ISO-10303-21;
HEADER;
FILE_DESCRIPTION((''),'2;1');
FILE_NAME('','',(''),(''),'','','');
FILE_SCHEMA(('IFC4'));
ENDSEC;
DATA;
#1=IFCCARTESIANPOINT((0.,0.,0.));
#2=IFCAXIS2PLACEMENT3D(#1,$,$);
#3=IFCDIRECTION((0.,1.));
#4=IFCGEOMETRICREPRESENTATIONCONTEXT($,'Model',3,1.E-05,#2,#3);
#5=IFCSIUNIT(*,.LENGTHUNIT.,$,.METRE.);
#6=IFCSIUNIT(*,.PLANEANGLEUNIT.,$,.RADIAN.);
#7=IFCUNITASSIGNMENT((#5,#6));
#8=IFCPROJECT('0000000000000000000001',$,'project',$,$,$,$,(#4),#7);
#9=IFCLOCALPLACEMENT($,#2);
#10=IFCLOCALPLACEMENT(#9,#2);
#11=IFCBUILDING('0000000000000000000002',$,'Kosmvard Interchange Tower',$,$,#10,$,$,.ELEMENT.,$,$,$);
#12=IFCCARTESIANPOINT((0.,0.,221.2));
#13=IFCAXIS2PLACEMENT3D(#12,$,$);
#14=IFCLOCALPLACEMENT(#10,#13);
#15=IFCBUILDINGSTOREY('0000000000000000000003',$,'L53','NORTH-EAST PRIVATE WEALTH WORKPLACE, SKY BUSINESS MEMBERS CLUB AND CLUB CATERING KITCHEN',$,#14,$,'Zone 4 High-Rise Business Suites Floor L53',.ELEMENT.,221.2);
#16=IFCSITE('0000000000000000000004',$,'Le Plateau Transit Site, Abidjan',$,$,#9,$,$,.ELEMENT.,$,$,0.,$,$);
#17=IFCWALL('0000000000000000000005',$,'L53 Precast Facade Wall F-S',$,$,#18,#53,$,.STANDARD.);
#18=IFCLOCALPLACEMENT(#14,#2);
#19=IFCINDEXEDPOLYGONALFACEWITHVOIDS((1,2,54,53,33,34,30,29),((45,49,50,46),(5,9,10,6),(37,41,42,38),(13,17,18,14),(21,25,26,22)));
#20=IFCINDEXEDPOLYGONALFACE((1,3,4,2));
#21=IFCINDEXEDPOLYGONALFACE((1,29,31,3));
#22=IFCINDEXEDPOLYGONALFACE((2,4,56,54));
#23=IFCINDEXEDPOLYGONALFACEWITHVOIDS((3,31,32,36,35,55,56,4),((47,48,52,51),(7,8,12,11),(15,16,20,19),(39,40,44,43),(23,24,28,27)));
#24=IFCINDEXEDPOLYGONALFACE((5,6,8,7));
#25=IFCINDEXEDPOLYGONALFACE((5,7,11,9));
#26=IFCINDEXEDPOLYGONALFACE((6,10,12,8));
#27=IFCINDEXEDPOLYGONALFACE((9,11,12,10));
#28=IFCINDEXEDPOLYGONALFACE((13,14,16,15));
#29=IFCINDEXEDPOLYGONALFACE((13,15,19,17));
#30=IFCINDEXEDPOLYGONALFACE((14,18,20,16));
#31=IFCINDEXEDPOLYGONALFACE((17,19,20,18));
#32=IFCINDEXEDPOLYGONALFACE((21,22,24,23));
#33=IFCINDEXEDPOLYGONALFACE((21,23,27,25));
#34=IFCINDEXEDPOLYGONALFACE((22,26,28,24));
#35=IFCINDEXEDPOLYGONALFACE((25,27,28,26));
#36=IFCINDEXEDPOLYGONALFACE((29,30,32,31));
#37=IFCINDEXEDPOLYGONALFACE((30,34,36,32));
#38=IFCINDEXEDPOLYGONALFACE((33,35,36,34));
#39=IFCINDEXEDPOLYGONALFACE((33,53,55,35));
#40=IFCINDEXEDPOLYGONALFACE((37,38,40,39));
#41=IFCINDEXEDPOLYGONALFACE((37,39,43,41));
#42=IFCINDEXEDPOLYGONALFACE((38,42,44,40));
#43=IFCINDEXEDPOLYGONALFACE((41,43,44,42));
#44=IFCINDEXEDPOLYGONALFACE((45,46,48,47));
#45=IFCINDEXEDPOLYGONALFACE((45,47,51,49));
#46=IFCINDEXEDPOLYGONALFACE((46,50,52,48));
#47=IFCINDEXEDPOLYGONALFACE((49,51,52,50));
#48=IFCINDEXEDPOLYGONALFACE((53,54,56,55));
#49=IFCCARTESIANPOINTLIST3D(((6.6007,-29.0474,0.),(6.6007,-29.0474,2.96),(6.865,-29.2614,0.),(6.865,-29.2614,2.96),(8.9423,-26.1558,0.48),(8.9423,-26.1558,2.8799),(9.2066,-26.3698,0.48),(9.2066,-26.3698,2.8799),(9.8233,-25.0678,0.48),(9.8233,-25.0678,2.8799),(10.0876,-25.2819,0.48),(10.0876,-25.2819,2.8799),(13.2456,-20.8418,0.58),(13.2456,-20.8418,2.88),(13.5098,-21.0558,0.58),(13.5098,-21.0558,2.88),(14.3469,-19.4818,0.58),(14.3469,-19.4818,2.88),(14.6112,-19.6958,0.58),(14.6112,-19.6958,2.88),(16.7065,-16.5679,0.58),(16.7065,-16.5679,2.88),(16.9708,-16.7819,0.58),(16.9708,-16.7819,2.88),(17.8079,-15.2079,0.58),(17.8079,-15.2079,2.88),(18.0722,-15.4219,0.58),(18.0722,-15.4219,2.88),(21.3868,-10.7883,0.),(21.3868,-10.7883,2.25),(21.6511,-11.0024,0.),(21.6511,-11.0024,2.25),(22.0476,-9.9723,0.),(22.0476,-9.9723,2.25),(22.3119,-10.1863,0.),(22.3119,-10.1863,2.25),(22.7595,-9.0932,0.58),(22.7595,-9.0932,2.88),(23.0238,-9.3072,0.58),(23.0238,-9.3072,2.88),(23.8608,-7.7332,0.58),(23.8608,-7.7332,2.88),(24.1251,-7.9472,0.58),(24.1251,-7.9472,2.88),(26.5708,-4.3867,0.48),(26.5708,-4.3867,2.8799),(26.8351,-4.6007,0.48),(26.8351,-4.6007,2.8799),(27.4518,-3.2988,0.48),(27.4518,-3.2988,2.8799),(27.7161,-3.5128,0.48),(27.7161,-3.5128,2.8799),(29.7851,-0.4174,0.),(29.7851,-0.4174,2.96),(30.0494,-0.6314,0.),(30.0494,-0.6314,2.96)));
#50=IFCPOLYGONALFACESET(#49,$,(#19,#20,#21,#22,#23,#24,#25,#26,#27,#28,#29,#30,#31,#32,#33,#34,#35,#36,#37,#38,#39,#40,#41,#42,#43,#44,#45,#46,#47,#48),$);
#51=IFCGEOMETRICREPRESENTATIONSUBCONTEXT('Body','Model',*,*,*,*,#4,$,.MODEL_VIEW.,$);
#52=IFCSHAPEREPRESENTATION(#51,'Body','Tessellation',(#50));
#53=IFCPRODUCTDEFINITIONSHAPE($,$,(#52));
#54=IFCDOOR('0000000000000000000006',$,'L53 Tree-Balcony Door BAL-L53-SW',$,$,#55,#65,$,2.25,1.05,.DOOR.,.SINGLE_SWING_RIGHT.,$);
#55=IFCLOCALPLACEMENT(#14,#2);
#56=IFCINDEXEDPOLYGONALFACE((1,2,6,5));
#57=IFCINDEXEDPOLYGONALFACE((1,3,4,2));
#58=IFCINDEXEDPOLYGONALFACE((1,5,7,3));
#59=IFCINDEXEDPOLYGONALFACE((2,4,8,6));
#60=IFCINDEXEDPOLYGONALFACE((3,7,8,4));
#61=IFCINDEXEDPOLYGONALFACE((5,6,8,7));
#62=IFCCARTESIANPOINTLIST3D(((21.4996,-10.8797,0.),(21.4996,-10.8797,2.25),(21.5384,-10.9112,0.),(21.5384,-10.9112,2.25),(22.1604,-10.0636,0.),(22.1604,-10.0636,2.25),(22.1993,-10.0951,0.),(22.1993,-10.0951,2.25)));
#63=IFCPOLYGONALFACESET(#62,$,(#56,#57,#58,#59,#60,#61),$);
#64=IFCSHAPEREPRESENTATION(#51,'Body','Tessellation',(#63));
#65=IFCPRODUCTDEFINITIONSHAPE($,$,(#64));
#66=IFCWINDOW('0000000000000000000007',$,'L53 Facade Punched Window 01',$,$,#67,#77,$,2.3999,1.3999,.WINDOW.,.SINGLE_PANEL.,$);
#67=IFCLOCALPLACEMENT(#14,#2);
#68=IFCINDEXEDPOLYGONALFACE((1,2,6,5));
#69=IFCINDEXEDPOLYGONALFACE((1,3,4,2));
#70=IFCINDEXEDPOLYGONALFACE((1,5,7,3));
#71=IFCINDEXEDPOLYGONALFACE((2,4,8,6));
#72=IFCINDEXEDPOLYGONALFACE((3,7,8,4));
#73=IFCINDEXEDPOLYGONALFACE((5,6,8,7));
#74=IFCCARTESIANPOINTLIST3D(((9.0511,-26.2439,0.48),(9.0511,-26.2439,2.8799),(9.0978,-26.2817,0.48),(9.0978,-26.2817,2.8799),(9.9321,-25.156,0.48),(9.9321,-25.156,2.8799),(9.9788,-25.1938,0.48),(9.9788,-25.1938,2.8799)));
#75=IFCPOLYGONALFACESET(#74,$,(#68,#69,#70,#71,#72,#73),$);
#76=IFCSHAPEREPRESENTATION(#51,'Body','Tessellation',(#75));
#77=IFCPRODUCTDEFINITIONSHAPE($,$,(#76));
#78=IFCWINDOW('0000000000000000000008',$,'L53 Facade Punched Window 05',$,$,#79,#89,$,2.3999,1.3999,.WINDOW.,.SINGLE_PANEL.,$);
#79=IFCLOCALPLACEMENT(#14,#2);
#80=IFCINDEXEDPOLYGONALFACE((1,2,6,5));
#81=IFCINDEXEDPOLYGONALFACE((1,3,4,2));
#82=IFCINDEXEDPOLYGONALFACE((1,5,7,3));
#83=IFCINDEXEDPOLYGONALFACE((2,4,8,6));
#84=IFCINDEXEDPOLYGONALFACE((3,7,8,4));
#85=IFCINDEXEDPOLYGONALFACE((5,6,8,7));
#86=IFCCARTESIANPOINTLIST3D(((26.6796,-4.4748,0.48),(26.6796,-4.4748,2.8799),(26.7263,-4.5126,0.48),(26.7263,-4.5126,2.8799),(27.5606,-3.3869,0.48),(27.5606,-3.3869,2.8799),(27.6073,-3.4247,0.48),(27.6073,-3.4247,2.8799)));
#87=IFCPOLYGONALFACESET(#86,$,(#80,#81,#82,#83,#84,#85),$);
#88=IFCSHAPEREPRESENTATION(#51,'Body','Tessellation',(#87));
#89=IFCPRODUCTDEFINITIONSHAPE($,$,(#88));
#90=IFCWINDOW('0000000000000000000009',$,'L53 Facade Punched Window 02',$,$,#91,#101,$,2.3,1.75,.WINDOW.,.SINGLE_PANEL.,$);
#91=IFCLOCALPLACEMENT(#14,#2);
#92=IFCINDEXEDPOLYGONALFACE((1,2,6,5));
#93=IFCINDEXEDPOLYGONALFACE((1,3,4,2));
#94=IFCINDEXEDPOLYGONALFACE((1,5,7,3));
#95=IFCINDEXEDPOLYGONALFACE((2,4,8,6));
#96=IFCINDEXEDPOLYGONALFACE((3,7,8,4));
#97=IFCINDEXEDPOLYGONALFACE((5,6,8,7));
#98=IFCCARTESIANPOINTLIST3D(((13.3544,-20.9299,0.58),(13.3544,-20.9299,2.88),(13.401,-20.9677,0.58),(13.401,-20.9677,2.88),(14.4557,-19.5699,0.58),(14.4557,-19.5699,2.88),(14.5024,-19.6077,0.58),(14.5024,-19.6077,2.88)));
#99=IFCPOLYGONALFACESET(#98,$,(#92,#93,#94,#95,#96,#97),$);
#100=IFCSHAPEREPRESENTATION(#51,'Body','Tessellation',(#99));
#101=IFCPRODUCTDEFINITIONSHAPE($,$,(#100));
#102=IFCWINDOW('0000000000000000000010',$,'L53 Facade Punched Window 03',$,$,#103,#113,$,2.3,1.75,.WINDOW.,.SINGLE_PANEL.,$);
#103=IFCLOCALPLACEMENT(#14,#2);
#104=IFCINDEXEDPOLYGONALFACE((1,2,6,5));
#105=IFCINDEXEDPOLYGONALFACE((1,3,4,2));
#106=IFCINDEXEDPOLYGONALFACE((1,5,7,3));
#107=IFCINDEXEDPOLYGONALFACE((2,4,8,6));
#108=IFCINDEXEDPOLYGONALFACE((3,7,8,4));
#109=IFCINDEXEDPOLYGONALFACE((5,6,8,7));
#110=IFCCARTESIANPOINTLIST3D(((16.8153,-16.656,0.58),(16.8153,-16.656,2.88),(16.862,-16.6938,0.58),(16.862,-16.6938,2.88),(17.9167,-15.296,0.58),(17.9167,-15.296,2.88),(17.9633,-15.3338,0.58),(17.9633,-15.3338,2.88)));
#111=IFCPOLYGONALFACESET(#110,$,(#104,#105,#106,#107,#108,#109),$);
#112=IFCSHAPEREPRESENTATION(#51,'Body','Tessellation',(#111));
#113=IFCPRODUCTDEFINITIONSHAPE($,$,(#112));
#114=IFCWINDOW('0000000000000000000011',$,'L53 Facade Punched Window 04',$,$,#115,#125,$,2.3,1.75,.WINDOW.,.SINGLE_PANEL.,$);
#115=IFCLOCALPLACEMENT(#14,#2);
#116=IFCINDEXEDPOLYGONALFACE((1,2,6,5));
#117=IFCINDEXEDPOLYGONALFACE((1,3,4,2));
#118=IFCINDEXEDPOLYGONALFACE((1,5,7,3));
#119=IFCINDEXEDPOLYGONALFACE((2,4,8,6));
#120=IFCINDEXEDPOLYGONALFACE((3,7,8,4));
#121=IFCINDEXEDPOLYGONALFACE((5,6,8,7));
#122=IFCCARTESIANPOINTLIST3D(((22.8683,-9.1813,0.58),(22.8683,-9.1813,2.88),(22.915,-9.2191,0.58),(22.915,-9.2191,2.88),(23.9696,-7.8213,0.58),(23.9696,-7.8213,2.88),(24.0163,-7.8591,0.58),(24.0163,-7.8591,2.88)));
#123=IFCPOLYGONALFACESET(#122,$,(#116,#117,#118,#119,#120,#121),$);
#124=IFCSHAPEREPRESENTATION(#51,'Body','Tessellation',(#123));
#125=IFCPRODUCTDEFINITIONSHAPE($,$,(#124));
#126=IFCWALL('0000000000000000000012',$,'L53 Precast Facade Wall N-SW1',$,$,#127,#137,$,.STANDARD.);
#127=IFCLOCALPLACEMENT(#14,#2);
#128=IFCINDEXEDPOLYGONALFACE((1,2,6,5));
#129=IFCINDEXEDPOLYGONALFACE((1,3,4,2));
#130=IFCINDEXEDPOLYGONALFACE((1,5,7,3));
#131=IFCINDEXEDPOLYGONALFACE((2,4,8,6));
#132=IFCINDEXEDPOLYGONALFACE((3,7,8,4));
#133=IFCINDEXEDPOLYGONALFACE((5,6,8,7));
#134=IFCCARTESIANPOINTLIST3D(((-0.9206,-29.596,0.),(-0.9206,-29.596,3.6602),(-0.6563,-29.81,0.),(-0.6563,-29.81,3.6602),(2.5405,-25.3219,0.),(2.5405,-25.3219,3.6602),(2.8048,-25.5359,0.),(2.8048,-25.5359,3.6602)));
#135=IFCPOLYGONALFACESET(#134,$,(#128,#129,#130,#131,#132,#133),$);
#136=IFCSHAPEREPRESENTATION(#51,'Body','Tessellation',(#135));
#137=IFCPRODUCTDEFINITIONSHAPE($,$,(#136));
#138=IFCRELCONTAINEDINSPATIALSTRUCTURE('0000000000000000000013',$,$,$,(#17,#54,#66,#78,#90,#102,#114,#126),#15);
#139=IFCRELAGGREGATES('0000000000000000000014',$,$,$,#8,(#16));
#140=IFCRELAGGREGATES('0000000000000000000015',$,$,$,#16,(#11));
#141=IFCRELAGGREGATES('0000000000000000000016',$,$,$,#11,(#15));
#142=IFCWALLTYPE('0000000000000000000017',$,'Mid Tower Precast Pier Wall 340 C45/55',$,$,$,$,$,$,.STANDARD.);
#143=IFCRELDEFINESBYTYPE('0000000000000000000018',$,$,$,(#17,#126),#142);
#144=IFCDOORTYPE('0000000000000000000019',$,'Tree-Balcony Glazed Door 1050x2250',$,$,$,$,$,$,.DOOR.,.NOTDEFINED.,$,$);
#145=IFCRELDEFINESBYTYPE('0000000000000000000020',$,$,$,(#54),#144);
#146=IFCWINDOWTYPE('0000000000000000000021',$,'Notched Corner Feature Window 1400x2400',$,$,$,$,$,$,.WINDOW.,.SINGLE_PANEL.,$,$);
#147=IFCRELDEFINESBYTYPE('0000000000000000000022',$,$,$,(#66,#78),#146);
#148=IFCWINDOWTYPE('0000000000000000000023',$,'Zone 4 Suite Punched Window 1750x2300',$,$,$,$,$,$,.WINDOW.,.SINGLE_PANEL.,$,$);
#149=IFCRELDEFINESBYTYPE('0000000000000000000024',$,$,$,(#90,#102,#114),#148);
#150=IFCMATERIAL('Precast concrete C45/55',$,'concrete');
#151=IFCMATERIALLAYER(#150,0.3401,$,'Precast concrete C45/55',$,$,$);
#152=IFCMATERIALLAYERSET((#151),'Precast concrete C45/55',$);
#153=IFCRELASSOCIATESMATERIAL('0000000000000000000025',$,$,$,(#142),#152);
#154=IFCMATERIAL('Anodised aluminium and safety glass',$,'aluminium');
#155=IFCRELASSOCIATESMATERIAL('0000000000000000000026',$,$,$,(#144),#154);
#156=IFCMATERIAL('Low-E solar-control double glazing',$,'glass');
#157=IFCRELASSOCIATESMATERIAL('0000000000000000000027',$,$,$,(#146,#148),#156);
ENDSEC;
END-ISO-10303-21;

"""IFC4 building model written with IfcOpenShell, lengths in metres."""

from ifc_helpers import new_model, si_unit, direction, frame, frame_2d, origin, place, context, subcontext, project, spatial, rectangle, extrude, source, transform, mapped, material, layer, layer_set, type_object, element, fill, save


model = new_model("IFC4")

# Units and contexts
model_context = context("Model", 3, precision=1e-05, world=origin(), true_north=direction((0.0, 1.0)))
body_context = subcontext(model_context, "Body", "Model", "MODEL_VIEW")
ifc_project = project(units=[si_unit("LENGTHUNIT", "METRE"), si_unit("PLANEANGLEUNIT", "RADIAN")], contexts=[model_context])

# Site, building, storey
site_placement = place(None, origin())
site = spatial("IfcSite", under=ifc_project, at=site_placement, Name="Le Plateau Transit Site, Abidjan", CompositionType="ELEMENT", RefElevation=0.0)
building_placement = place(site_placement, origin())
building = spatial("IfcBuilding", under=site, at=building_placement, Name="Kosmvard Interchange Tower", CompositionType="ELEMENT")
storey_placement = place(building_placement, frame((0.0, 0.0, 221.2)))
storey = spatial("IfcBuildingStorey", under=building, at=storey_placement, Name="L53", Description="NORTH-EAST PRIVATE WEALTH WORKPLACE, SKY BUSINESS MEMBERS CLUB AND CLUB CATERING KITCHEN", LongName="Zone 4 High-Rise Business Suites Floor L53", CompositionType="ELEMENT", Elevation=221.2)

# Shared definitions
ifc_material_1 = material(Name="Precast concrete C45/55", Category="concrete")

# Wall, openings, door, windows
ifc_layer_1 = layer(ifc_material_1, 0.3401, Name="Precast concrete C45/55")
ifc_layer_set_1 = layer_set([ifc_layer_1], Name="Precast concrete C45/55")
wall_type_1 = type_object("IfcWallType", Name="Mid Tower Precast Pier Wall 340 C45/55", PredefinedType="STANDARD", material=ifc_layer_set_1)
wall_1_placement = place(storey_placement, frame((6.7329, -29.1543, 0.0), z_axis=(0.0, 0.0, 1.0), x_axis=(0.629325, 0.777142, 0.0)))
wall_1 = element("IfcWall", 1, at=wall_1_placement, inside=storey, type_object=wall_type_1, Name="L53 Precast Facade Wall F-S", PredefinedType="STANDARD", context=body_context, shape_type="SweptSolid", body=[
    extrude(rectangle(XDim=36.8401, YDim=0.3401, at=frame_2d((18.4199, 0.0))), origin(), (0.0, 0.0, 1.0), 2.96),
])
opening_1_placement = place(wall_1_placement, frame((23.4951, 0.0, 0.0)))
opening_1 = element("IfcOpeningElement", 2, at=opening_1_placement, cuts=wall_1, PredefinedType="OPENING", context=body_context, shape_type="SweptSolid", body=[
    extrude(rectangle(XDim=1.05, YDim=2.25, at=frame_2d((0.5249, 1.125))), frame((0.0, 0.1802, 0.0), z_axis=(0.0, -1.0, 0.0), x_axis=(1.0, 0.0, 0.0)), (0.0, 0.0, 1.0), 0.3601),
])
opening_2_placement = place(wall_1_placement, frame((3.7207, 0.0, 0.48)))
opening_2 = element("IfcOpeningElement", 3, at=opening_2_placement, cuts=wall_1, PredefinedType="OPENING", context=body_context, shape_type="SweptSolid", body=[
    extrude(rectangle(XDim=1.3999, YDim=2.3999, at=frame_2d((0.7, 1.2))), frame((0.0, 0.1802, 0.0), z_axis=(0.0, -1.0, 0.0), x_axis=(1.0, 0.0, 0.0)), (0.0, 0.0, 1.0), 0.3601),
])
opening_3_placement = place(wall_1_placement, frame((10.5586, 0.0, 0.5801)))
opening_3 = element("IfcOpeningElement", 4, at=opening_3_placement, cuts=wall_1, PredefinedType="OPENING", context=body_context, shape_type="SweptSolid", body=[
    extrude(rectangle(XDim=1.75, YDim=2.3, at=frame_2d((0.875, 1.1499))), frame((0.0, 0.1802, 0.0), z_axis=(0.0, -1.0, 0.0), x_axis=(1.0, 0.0, 0.0)), (0.0, 0.0, 1.0), 0.3601),
])
opening_4_placement = place(wall_1_placement, frame((16.0581, 0.0, 0.5801)))
opening_4 = element("IfcOpeningElement", 5, at=opening_4_placement, cuts=wall_1, PredefinedType="OPENING", context=body_context, shape_type="SweptSolid", body=[
    extrude(rectangle(XDim=1.75, YDim=2.3, at=frame_2d((0.875, 1.1499))), frame((0.0, 0.1802, 0.0), z_axis=(0.0, -1.0, 0.0), x_axis=(1.0, 0.0, 0.0)), (0.0, 0.0, 1.0), 0.3601),
])
opening_5_placement = place(wall_1_placement, frame((25.6763, 0.0, 0.5801)))
opening_5 = element("IfcOpeningElement", 6, at=opening_5_placement, cuts=wall_1, PredefinedType="OPENING", context=body_context, shape_type="SweptSolid", body=[
    extrude(rectangle(XDim=1.75, YDim=2.3, at=frame_2d((0.875, 1.1499))), frame((0.0, 0.1802, 0.0), z_axis=(0.0, -1.0, 0.0), x_axis=(1.0, 0.0, 0.0)), (0.0, 0.0, 1.0), 0.3601),
])
opening_6_placement = place(wall_1_placement, frame((31.7324, 0.0, 0.48)))
opening_6 = element("IfcOpeningElement", 7, at=opening_6_placement, cuts=wall_1, PredefinedType="OPENING", context=body_context, shape_type="SweptSolid", body=[
    extrude(rectangle(XDim=1.3999, YDim=2.3999, at=frame_2d((0.7, 1.2))), frame((0.0, 0.1802, 0.0), z_axis=(0.0, -1.0, 0.0), x_axis=(1.0, 0.0, 0.0)), (0.0, 0.0, 1.0), 0.3601),
])
ifc_material_2 = material(Name="Anodised aluminium and safety glass", Category="aluminium")
door_type = type_object("IfcDoorType", Name="Tree-Balcony Glazed Door 1050x2250", OperationType="NOTDEFINED", PredefinedType="DOOR", material=ifc_material_2)
shared_shape_1 = source(origin(), body_context, "Body", "SweptSolid", [
    extrude(rectangle(XDim=1.05, YDim=2.25, at=frame_2d((0.5249, 1.125))), frame((0.0, 0.0249, 0.0), z_axis=(0.0, -1.0, 0.0), x_axis=(1.0, 0.0, 0.0)), (0.0, 0.0, 1.0), 0.05),
])
door_placement = place(opening_1_placement, origin())
door = element("IfcDoor", 8, at=door_placement, inside=storey, type_object=door_type, Name="L53 Tree-Balcony Door BAL-L53-SW", OperationType="SINGLE_SWING_RIGHT", OverallHeight=2.25, OverallWidth=1.05, PredefinedType="DOOR", context=body_context, shape_type="MappedRepresentation", body=[
    mapped(shared_shape_1, transform((0.0, 0.0, 0.0), scale=1.0)),
])
fill(opening_1, door)
ifc_material_3 = material(Name="Low-E solar-control double glazing", Category="glass")
window_type_1 = type_object("IfcWindowType", Name="Notched Corner Feature Window 1400x2400", PartitioningType="SINGLE_PANEL", PredefinedType="WINDOW", material=ifc_material_3)
shared_shape_2 = source(origin(), body_context, "Body", "SweptSolid", [
    extrude(rectangle(XDim=1.3999, YDim=2.3999, at=frame_2d((0.7, 1.2))), frame((0.0, 0.03, 0.0), z_axis=(0.0, -1.0, 0.0), x_axis=(1.0, 0.0, 0.0)), (0.0, 0.0, 1.0), 0.0601),
])
window_1_placement = place(opening_2_placement, origin())
window_1 = element("IfcWindow", 9, at=window_1_placement, inside=storey, type_object=window_type_1, Name="L53 Facade Punched Window 01", OverallHeight=2.3999, OverallWidth=1.3999, PartitioningType="SINGLE_PANEL", PredefinedType="WINDOW", context=body_context, shape_type="MappedRepresentation", body=[
    mapped(shared_shape_2, transform((0.0, 0.0, 0.0), scale=1.0)),
])
fill(opening_2, window_1)
window_2_placement = place(opening_6_placement, origin())
window_2 = element("IfcWindow", 10, at=window_2_placement, inside=storey, type_object=window_type_1, Name="L53 Facade Punched Window 05", OverallHeight=2.3999, OverallWidth=1.3999, PartitioningType="SINGLE_PANEL", PredefinedType="WINDOW", context=body_context, shape_type="MappedRepresentation", body=[
    mapped(shared_shape_2, transform((0.0, 0.0, 0.0), scale=1.0)),
])
fill(opening_6, window_2)
window_type_2 = type_object("IfcWindowType", Name="Zone 4 Suite Punched Window 1750x2300", PartitioningType="SINGLE_PANEL", PredefinedType="WINDOW", material=ifc_material_3)
shared_shape_3 = source(origin(), body_context, "Body", "SweptSolid", [
    extrude(rectangle(XDim=1.75, YDim=2.3, at=frame_2d((0.875, 1.1499))), frame((0.0, 0.03, 0.0), z_axis=(0.0, -1.0, 0.0), x_axis=(1.0, 0.0, 0.0)), (0.0, 0.0, 1.0), 0.0601),
])
window_3_placement = place(opening_3_placement, origin())
window_3 = element("IfcWindow", 11, at=window_3_placement, inside=storey, type_object=window_type_2, Name="L53 Facade Punched Window 02", OverallHeight=2.3, OverallWidth=1.75, PartitioningType="SINGLE_PANEL", PredefinedType="WINDOW", context=body_context, shape_type="MappedRepresentation", body=[
    mapped(shared_shape_3, transform((0.0, 0.0, 0.0), scale=1.0)),
])
fill(opening_3, window_3)
window_4_placement = place(opening_4_placement, origin())
window_4 = element("IfcWindow", 12, at=window_4_placement, inside=storey, type_object=window_type_2, Name="L53 Facade Punched Window 03", OverallHeight=2.3, OverallWidth=1.75, PartitioningType="SINGLE_PANEL", PredefinedType="WINDOW", context=body_context, shape_type="MappedRepresentation", body=[
    mapped(shared_shape_3, transform((0.0, 0.0, 0.0), scale=1.0)),
])
fill(opening_4, window_4)
window_5_placement = place(opening_5_placement, origin())
window_5 = element("IfcWindow", 13, at=window_5_placement, inside=storey, type_object=window_type_2, Name="L53 Facade Punched Window 04", OverallHeight=2.3, OverallWidth=1.75, PartitioningType="SINGLE_PANEL", PredefinedType="WINDOW", context=body_context, shape_type="MappedRepresentation", body=[
    mapped(shared_shape_3, transform((0.0, 0.0, 0.0), scale=1.0)),
])
fill(opening_5, window_5)

# Wall
wall_2_placement = place(storey_placement, frame((-0.7886, -29.7031, 0.0), z_axis=(0.0, 0.0, 1.0), x_axis=(0.629323, 0.777144, 0.0)))
element("IfcWall", 14, at=wall_2_placement, inside=storey, type_object=wall_type_1, Name="L53 Precast Facade Wall N-SW1", PredefinedType="STANDARD", context=body_context, shape_type="SweptSolid", body=[
    extrude(rectangle(XDim=5.4998, YDim=0.3401, at=frame_2d((2.75, 0.0))), origin(), (0.0, 0.0, 1.0), 3.6602),
])

save(model, "model.ifc")
